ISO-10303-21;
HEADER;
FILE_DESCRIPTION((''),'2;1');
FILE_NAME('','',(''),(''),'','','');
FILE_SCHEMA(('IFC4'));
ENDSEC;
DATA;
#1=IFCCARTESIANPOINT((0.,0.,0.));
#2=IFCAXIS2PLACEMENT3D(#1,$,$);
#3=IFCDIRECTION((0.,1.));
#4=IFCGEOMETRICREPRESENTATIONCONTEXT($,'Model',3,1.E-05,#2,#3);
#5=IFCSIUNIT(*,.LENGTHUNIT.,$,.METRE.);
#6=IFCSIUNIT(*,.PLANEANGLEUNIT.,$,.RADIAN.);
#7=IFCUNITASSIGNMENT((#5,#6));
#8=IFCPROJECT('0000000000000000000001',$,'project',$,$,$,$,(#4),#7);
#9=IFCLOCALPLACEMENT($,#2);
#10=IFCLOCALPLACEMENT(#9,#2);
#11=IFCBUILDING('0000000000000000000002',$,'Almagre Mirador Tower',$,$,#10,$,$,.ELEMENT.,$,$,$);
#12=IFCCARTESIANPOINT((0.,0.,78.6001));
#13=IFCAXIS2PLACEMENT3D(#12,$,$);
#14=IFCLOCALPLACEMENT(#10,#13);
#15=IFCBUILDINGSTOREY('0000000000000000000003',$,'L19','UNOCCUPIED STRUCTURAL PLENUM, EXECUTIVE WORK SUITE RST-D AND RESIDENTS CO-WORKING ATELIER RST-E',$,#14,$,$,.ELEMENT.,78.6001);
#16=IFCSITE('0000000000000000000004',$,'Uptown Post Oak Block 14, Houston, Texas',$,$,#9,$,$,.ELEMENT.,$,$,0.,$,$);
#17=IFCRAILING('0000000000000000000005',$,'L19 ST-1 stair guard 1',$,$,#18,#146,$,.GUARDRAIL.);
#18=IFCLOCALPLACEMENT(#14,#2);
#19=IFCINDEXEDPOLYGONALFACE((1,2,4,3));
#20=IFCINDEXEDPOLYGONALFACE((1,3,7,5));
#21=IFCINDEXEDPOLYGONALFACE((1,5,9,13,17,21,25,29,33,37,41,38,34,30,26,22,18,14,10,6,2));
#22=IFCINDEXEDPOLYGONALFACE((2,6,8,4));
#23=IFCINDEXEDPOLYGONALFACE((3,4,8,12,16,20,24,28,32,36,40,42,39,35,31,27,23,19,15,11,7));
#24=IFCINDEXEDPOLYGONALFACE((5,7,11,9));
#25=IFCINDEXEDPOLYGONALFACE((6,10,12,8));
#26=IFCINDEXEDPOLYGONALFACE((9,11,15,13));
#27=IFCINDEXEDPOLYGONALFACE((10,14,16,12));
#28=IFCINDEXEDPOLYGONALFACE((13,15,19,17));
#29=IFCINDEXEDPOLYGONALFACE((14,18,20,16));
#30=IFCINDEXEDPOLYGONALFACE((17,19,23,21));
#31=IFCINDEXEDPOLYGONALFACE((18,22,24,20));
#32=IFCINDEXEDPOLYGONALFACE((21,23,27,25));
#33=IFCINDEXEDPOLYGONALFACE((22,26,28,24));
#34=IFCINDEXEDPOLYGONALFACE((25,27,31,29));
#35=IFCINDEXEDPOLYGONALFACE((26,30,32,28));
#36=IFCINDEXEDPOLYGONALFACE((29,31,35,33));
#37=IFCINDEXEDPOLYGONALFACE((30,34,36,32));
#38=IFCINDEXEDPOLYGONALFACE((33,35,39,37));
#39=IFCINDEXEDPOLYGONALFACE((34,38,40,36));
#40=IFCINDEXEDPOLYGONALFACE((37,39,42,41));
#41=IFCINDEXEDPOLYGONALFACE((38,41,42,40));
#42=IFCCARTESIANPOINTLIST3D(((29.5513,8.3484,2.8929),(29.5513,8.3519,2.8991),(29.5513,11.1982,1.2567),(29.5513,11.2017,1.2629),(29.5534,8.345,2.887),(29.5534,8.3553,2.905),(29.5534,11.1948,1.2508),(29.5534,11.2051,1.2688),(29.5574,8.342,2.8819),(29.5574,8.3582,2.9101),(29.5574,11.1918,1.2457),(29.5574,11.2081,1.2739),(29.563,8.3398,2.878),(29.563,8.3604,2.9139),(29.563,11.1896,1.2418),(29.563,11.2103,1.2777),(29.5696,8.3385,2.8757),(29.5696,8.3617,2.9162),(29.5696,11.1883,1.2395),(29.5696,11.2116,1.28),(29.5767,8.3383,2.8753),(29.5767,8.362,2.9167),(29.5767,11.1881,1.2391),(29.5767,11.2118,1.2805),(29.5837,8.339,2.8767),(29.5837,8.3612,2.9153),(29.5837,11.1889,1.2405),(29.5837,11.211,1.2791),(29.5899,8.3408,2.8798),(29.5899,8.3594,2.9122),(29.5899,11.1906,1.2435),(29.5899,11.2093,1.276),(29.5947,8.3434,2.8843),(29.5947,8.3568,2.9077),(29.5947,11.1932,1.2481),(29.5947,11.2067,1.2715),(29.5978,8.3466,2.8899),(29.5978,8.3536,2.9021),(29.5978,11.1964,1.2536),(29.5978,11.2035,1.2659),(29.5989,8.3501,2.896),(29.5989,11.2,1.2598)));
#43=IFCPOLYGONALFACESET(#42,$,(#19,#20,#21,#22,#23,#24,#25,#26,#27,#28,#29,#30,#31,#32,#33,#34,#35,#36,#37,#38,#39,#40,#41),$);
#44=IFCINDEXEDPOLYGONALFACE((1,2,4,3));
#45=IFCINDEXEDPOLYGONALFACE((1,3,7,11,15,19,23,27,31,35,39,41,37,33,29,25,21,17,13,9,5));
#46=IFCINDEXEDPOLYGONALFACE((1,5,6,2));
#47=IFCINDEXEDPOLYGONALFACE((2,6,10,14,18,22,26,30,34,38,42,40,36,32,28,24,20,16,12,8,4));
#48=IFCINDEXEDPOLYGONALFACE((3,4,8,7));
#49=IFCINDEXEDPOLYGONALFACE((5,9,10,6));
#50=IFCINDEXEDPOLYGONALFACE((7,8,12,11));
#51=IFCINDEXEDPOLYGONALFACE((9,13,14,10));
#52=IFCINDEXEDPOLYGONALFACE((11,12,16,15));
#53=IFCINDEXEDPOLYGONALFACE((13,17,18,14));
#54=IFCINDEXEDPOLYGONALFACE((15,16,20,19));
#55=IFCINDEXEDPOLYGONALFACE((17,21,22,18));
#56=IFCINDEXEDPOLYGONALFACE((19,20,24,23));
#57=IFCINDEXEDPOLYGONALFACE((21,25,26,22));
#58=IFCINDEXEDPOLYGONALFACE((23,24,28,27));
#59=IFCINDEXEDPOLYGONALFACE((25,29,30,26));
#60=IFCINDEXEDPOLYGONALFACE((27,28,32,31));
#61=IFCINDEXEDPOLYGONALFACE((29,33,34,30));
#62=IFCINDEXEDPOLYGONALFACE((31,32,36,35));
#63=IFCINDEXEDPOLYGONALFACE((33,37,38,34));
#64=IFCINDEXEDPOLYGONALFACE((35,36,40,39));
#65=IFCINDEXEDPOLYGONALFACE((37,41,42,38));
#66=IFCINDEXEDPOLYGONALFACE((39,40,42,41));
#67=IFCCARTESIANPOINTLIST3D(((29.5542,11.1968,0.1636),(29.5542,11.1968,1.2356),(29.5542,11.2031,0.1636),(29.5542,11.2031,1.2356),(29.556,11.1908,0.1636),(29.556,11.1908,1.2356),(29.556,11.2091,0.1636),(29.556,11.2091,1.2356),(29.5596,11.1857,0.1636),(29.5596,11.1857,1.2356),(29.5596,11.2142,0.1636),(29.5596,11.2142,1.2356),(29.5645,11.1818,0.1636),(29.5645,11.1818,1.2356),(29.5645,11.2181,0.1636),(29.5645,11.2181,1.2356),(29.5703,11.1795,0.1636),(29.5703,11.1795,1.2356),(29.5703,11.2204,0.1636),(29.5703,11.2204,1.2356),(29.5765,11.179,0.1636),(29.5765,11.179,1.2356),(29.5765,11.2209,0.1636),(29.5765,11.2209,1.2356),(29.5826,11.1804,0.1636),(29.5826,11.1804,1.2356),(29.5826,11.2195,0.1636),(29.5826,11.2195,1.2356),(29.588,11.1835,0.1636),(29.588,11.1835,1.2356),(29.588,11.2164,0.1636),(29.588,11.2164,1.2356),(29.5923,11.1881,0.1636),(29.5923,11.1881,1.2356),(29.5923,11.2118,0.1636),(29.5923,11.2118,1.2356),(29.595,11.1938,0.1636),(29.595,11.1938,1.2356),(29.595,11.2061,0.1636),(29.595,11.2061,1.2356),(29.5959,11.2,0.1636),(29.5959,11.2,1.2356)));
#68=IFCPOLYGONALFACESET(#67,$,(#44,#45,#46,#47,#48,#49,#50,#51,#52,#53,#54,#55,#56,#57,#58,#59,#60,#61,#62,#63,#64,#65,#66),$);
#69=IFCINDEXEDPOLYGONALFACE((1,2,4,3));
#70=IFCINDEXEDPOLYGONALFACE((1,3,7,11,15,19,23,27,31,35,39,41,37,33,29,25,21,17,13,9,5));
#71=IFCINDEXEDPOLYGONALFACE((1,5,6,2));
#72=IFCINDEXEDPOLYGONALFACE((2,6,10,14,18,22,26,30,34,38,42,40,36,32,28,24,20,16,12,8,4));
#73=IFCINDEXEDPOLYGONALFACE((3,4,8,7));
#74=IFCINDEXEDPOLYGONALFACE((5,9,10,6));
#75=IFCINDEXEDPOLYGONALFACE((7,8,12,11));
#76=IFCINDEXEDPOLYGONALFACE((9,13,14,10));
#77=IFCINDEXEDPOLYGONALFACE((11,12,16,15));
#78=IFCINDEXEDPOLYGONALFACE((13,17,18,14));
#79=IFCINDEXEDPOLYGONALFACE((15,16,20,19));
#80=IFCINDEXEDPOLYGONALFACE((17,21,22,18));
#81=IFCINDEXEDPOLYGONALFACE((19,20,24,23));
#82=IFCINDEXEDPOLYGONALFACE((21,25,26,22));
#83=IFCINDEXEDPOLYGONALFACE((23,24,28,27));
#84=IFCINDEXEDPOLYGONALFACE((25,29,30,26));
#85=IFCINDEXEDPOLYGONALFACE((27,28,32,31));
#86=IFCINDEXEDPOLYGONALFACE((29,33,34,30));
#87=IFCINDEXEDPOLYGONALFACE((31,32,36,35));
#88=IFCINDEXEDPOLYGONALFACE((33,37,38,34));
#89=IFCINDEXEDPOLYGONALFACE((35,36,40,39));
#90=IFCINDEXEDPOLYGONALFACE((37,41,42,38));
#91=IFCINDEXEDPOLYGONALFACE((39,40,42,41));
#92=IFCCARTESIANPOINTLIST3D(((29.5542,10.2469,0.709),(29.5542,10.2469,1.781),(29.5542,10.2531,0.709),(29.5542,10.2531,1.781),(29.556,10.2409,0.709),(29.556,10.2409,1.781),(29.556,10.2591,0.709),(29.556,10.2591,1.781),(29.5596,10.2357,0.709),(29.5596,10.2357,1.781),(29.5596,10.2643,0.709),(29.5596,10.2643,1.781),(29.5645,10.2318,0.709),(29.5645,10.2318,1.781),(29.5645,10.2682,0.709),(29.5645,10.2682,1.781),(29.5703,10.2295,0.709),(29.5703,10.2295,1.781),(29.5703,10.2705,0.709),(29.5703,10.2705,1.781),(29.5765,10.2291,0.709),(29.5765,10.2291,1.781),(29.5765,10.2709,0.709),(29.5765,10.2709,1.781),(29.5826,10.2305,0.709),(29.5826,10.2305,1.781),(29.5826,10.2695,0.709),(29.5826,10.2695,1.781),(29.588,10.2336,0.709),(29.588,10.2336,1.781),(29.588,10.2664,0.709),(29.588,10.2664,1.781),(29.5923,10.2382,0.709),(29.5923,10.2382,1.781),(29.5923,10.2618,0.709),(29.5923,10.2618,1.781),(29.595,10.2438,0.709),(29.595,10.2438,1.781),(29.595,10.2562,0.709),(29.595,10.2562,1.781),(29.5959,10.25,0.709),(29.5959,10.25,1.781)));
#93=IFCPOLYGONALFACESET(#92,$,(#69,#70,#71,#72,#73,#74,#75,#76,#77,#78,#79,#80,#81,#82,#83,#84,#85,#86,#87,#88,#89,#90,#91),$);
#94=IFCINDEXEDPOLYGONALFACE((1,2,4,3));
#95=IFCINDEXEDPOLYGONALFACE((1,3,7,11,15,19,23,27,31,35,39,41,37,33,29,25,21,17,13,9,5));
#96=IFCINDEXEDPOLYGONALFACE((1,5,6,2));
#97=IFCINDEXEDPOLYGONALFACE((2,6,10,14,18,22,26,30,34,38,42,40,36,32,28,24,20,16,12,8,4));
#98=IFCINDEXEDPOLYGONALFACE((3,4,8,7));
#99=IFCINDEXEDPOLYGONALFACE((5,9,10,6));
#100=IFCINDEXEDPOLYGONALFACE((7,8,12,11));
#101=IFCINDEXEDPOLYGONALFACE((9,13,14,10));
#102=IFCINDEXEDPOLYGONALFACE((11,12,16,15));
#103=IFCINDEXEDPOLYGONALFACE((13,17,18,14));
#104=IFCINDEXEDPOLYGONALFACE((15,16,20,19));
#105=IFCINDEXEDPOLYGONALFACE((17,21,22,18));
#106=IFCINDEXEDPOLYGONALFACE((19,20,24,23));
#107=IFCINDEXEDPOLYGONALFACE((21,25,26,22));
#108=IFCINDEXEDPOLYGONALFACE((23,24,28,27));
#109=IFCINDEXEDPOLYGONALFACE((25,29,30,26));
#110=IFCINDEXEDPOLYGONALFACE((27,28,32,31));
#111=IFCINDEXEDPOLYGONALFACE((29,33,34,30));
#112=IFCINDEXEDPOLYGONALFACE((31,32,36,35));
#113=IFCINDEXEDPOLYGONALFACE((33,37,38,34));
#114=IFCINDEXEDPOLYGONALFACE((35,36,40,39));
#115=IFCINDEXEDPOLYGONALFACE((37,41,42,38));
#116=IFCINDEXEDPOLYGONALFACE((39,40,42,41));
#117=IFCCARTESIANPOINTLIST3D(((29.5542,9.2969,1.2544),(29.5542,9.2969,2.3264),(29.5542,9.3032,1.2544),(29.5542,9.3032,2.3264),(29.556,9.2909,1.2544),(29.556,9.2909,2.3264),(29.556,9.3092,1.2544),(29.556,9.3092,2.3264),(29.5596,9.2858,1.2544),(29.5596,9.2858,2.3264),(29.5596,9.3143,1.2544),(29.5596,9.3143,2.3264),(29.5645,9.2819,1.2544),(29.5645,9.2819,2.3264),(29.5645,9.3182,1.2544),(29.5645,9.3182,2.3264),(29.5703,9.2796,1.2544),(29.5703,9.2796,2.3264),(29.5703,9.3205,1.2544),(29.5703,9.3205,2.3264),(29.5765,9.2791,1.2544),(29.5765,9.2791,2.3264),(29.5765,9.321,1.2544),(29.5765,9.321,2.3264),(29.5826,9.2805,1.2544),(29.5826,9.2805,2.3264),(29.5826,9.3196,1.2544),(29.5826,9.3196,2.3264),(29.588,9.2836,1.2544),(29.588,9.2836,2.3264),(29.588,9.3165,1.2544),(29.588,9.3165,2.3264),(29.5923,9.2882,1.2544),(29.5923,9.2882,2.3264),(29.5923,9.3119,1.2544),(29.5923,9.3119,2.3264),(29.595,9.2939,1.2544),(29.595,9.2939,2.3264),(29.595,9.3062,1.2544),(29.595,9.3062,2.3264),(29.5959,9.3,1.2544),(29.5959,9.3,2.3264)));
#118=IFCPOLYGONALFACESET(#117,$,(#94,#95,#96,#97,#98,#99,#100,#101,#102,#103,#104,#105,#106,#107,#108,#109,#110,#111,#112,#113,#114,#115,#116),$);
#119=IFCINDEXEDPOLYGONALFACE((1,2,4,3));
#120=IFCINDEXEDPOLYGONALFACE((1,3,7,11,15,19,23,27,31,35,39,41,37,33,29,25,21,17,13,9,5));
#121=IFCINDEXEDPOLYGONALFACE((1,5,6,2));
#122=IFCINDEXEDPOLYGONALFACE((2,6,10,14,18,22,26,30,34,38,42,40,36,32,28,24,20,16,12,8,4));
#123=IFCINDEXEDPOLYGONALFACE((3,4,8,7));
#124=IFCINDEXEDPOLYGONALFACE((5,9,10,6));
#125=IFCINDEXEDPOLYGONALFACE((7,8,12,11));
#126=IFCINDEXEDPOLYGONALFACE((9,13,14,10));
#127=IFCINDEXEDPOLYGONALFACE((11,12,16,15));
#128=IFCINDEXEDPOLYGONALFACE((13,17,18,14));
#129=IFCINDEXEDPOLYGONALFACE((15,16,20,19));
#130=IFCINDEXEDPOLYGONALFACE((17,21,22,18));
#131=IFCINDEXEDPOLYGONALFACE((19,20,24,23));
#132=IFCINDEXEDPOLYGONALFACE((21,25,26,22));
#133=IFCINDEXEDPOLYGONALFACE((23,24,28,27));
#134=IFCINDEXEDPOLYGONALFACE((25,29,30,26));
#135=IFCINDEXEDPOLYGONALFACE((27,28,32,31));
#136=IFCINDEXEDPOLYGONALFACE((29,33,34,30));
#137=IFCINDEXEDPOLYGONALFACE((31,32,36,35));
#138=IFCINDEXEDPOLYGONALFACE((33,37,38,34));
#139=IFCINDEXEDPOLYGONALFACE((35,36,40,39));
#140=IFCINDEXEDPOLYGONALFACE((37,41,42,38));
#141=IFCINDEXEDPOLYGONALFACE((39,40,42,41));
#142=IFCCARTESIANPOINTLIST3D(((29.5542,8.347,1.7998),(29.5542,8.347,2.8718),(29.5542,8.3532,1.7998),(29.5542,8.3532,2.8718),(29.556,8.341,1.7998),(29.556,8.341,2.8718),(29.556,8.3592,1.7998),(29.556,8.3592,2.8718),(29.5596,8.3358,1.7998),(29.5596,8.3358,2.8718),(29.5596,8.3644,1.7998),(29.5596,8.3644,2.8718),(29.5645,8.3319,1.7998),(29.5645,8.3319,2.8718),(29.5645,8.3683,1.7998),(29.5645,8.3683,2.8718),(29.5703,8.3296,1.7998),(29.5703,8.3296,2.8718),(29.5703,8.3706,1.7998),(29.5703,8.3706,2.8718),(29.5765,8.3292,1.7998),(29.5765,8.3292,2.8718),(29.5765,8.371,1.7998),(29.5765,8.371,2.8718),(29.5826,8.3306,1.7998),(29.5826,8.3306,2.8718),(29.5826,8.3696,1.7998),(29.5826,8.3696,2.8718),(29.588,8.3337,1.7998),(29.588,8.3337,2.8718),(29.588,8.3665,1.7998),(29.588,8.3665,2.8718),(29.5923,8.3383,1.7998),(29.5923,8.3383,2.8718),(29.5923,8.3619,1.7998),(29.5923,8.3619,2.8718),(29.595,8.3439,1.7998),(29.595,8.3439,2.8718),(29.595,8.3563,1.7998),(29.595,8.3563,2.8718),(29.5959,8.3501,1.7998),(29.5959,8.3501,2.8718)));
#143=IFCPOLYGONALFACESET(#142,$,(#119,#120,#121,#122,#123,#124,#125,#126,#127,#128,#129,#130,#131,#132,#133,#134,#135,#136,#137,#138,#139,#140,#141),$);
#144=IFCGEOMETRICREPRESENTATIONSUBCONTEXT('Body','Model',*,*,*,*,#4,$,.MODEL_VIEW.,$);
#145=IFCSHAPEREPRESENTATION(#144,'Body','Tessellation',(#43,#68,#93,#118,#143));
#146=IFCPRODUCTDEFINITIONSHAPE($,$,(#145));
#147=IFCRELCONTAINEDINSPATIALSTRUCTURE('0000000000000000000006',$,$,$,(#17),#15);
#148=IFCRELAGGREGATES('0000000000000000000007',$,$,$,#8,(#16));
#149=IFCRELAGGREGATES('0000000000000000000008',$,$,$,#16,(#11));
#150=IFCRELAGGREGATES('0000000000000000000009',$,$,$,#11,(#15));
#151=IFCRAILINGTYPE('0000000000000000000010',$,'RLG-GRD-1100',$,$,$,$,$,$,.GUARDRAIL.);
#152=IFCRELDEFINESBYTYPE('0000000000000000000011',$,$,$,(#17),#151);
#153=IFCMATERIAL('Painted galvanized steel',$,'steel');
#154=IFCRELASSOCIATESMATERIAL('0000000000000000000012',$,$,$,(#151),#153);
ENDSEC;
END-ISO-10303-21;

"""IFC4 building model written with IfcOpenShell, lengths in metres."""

from ifc_helpers import new_model, si_unit, direction, frame, origin, origin_2d, place, context, subcontext, project, spatial, circle, extrude, material, type_object, element, save


model = new_model("IFC4")

# Units and contexts
model_context = context("Model", 3, precision=1e-05, world=origin(), true_north=direction((0.0, 1.0)))
body_context = subcontext(model_context, "Body", "Model", "MODEL_VIEW")
ifc_project = project(units=[si_unit("LENGTHUNIT", "METRE"), si_unit("PLANEANGLEUNIT", "RADIAN")], contexts=[model_context])

# Site, building, storey
site_placement = place(None, origin())
site = spatial("IfcSite", under=ifc_project, at=site_placement, Name="Uptown Post Oak Block 14, Houston, Texas", CompositionType="ELEMENT", RefElevation=0.0)
building_placement = place(site_placement, origin())
building = spatial("IfcBuilding", under=site, at=building_placement, Name="Almagre Mirador Tower", CompositionType="ELEMENT")
storey_placement = place(building_placement, frame((0.0, 0.0, 78.6001)))
storey = spatial("IfcBuildingStorey", under=building, at=storey_placement, Name="L19", Description="UNOCCUPIED STRUCTURAL PLENUM, EXECUTIVE WORK SUITE RST-D AND RESIDENTS CO-WORKING ATELIER RST-E", CompositionType="ELEMENT", Elevation=78.6001)

# Railing
ifc_material_1 = material(Name="Painted galvanized steel", Category="steel")
railing_type_1 = type_object("IfcRailingType", Name="RLG-GRD-1100", PredefinedType="GUARDRAIL", material=ifc_material_1)
railing_1_placement = place(storey_placement, frame((29.575, 11.2, 0.1636)))
element("IfcRailing", 1, at=railing_1_placement, inside=storey, type_object=railing_type_1, Name="L19 ST-1 stair guard 1", PredefinedType="GUARDRAIL", context=body_context, shape_type="SweptSolid", body=[
    extrude(circle(Radius=0.0239, at=origin_2d()), frame((0.0, 0.0, 1.0962), z_axis=(0.0, -0.867226, 0.497914), x_axis=(1.0, 0.0, 0.0)), (0.0, 0.0, 1.0), 3.2861),
    extrude(circle(Radius=0.021, at=origin_2d()), origin(), (0.0, 0.0, 1.0), 1.072),
    extrude(circle(Radius=0.021, at=origin_2d()), frame((0.0, -0.95, 0.5454)), (0.0, 0.0, 1.0), 1.072),
    extrude(circle(Radius=0.021, at=origin_2d()), frame((0.0, -1.8999, 1.0908)), (0.0, 0.0, 1.0), 1.072),
    extrude(circle(Radius=0.021, at=origin_2d()), frame((0.0, -2.8499, 1.6362)), (0.0, 0.0, 1.0), 1.072),
])

save(model, "model.ifc")
